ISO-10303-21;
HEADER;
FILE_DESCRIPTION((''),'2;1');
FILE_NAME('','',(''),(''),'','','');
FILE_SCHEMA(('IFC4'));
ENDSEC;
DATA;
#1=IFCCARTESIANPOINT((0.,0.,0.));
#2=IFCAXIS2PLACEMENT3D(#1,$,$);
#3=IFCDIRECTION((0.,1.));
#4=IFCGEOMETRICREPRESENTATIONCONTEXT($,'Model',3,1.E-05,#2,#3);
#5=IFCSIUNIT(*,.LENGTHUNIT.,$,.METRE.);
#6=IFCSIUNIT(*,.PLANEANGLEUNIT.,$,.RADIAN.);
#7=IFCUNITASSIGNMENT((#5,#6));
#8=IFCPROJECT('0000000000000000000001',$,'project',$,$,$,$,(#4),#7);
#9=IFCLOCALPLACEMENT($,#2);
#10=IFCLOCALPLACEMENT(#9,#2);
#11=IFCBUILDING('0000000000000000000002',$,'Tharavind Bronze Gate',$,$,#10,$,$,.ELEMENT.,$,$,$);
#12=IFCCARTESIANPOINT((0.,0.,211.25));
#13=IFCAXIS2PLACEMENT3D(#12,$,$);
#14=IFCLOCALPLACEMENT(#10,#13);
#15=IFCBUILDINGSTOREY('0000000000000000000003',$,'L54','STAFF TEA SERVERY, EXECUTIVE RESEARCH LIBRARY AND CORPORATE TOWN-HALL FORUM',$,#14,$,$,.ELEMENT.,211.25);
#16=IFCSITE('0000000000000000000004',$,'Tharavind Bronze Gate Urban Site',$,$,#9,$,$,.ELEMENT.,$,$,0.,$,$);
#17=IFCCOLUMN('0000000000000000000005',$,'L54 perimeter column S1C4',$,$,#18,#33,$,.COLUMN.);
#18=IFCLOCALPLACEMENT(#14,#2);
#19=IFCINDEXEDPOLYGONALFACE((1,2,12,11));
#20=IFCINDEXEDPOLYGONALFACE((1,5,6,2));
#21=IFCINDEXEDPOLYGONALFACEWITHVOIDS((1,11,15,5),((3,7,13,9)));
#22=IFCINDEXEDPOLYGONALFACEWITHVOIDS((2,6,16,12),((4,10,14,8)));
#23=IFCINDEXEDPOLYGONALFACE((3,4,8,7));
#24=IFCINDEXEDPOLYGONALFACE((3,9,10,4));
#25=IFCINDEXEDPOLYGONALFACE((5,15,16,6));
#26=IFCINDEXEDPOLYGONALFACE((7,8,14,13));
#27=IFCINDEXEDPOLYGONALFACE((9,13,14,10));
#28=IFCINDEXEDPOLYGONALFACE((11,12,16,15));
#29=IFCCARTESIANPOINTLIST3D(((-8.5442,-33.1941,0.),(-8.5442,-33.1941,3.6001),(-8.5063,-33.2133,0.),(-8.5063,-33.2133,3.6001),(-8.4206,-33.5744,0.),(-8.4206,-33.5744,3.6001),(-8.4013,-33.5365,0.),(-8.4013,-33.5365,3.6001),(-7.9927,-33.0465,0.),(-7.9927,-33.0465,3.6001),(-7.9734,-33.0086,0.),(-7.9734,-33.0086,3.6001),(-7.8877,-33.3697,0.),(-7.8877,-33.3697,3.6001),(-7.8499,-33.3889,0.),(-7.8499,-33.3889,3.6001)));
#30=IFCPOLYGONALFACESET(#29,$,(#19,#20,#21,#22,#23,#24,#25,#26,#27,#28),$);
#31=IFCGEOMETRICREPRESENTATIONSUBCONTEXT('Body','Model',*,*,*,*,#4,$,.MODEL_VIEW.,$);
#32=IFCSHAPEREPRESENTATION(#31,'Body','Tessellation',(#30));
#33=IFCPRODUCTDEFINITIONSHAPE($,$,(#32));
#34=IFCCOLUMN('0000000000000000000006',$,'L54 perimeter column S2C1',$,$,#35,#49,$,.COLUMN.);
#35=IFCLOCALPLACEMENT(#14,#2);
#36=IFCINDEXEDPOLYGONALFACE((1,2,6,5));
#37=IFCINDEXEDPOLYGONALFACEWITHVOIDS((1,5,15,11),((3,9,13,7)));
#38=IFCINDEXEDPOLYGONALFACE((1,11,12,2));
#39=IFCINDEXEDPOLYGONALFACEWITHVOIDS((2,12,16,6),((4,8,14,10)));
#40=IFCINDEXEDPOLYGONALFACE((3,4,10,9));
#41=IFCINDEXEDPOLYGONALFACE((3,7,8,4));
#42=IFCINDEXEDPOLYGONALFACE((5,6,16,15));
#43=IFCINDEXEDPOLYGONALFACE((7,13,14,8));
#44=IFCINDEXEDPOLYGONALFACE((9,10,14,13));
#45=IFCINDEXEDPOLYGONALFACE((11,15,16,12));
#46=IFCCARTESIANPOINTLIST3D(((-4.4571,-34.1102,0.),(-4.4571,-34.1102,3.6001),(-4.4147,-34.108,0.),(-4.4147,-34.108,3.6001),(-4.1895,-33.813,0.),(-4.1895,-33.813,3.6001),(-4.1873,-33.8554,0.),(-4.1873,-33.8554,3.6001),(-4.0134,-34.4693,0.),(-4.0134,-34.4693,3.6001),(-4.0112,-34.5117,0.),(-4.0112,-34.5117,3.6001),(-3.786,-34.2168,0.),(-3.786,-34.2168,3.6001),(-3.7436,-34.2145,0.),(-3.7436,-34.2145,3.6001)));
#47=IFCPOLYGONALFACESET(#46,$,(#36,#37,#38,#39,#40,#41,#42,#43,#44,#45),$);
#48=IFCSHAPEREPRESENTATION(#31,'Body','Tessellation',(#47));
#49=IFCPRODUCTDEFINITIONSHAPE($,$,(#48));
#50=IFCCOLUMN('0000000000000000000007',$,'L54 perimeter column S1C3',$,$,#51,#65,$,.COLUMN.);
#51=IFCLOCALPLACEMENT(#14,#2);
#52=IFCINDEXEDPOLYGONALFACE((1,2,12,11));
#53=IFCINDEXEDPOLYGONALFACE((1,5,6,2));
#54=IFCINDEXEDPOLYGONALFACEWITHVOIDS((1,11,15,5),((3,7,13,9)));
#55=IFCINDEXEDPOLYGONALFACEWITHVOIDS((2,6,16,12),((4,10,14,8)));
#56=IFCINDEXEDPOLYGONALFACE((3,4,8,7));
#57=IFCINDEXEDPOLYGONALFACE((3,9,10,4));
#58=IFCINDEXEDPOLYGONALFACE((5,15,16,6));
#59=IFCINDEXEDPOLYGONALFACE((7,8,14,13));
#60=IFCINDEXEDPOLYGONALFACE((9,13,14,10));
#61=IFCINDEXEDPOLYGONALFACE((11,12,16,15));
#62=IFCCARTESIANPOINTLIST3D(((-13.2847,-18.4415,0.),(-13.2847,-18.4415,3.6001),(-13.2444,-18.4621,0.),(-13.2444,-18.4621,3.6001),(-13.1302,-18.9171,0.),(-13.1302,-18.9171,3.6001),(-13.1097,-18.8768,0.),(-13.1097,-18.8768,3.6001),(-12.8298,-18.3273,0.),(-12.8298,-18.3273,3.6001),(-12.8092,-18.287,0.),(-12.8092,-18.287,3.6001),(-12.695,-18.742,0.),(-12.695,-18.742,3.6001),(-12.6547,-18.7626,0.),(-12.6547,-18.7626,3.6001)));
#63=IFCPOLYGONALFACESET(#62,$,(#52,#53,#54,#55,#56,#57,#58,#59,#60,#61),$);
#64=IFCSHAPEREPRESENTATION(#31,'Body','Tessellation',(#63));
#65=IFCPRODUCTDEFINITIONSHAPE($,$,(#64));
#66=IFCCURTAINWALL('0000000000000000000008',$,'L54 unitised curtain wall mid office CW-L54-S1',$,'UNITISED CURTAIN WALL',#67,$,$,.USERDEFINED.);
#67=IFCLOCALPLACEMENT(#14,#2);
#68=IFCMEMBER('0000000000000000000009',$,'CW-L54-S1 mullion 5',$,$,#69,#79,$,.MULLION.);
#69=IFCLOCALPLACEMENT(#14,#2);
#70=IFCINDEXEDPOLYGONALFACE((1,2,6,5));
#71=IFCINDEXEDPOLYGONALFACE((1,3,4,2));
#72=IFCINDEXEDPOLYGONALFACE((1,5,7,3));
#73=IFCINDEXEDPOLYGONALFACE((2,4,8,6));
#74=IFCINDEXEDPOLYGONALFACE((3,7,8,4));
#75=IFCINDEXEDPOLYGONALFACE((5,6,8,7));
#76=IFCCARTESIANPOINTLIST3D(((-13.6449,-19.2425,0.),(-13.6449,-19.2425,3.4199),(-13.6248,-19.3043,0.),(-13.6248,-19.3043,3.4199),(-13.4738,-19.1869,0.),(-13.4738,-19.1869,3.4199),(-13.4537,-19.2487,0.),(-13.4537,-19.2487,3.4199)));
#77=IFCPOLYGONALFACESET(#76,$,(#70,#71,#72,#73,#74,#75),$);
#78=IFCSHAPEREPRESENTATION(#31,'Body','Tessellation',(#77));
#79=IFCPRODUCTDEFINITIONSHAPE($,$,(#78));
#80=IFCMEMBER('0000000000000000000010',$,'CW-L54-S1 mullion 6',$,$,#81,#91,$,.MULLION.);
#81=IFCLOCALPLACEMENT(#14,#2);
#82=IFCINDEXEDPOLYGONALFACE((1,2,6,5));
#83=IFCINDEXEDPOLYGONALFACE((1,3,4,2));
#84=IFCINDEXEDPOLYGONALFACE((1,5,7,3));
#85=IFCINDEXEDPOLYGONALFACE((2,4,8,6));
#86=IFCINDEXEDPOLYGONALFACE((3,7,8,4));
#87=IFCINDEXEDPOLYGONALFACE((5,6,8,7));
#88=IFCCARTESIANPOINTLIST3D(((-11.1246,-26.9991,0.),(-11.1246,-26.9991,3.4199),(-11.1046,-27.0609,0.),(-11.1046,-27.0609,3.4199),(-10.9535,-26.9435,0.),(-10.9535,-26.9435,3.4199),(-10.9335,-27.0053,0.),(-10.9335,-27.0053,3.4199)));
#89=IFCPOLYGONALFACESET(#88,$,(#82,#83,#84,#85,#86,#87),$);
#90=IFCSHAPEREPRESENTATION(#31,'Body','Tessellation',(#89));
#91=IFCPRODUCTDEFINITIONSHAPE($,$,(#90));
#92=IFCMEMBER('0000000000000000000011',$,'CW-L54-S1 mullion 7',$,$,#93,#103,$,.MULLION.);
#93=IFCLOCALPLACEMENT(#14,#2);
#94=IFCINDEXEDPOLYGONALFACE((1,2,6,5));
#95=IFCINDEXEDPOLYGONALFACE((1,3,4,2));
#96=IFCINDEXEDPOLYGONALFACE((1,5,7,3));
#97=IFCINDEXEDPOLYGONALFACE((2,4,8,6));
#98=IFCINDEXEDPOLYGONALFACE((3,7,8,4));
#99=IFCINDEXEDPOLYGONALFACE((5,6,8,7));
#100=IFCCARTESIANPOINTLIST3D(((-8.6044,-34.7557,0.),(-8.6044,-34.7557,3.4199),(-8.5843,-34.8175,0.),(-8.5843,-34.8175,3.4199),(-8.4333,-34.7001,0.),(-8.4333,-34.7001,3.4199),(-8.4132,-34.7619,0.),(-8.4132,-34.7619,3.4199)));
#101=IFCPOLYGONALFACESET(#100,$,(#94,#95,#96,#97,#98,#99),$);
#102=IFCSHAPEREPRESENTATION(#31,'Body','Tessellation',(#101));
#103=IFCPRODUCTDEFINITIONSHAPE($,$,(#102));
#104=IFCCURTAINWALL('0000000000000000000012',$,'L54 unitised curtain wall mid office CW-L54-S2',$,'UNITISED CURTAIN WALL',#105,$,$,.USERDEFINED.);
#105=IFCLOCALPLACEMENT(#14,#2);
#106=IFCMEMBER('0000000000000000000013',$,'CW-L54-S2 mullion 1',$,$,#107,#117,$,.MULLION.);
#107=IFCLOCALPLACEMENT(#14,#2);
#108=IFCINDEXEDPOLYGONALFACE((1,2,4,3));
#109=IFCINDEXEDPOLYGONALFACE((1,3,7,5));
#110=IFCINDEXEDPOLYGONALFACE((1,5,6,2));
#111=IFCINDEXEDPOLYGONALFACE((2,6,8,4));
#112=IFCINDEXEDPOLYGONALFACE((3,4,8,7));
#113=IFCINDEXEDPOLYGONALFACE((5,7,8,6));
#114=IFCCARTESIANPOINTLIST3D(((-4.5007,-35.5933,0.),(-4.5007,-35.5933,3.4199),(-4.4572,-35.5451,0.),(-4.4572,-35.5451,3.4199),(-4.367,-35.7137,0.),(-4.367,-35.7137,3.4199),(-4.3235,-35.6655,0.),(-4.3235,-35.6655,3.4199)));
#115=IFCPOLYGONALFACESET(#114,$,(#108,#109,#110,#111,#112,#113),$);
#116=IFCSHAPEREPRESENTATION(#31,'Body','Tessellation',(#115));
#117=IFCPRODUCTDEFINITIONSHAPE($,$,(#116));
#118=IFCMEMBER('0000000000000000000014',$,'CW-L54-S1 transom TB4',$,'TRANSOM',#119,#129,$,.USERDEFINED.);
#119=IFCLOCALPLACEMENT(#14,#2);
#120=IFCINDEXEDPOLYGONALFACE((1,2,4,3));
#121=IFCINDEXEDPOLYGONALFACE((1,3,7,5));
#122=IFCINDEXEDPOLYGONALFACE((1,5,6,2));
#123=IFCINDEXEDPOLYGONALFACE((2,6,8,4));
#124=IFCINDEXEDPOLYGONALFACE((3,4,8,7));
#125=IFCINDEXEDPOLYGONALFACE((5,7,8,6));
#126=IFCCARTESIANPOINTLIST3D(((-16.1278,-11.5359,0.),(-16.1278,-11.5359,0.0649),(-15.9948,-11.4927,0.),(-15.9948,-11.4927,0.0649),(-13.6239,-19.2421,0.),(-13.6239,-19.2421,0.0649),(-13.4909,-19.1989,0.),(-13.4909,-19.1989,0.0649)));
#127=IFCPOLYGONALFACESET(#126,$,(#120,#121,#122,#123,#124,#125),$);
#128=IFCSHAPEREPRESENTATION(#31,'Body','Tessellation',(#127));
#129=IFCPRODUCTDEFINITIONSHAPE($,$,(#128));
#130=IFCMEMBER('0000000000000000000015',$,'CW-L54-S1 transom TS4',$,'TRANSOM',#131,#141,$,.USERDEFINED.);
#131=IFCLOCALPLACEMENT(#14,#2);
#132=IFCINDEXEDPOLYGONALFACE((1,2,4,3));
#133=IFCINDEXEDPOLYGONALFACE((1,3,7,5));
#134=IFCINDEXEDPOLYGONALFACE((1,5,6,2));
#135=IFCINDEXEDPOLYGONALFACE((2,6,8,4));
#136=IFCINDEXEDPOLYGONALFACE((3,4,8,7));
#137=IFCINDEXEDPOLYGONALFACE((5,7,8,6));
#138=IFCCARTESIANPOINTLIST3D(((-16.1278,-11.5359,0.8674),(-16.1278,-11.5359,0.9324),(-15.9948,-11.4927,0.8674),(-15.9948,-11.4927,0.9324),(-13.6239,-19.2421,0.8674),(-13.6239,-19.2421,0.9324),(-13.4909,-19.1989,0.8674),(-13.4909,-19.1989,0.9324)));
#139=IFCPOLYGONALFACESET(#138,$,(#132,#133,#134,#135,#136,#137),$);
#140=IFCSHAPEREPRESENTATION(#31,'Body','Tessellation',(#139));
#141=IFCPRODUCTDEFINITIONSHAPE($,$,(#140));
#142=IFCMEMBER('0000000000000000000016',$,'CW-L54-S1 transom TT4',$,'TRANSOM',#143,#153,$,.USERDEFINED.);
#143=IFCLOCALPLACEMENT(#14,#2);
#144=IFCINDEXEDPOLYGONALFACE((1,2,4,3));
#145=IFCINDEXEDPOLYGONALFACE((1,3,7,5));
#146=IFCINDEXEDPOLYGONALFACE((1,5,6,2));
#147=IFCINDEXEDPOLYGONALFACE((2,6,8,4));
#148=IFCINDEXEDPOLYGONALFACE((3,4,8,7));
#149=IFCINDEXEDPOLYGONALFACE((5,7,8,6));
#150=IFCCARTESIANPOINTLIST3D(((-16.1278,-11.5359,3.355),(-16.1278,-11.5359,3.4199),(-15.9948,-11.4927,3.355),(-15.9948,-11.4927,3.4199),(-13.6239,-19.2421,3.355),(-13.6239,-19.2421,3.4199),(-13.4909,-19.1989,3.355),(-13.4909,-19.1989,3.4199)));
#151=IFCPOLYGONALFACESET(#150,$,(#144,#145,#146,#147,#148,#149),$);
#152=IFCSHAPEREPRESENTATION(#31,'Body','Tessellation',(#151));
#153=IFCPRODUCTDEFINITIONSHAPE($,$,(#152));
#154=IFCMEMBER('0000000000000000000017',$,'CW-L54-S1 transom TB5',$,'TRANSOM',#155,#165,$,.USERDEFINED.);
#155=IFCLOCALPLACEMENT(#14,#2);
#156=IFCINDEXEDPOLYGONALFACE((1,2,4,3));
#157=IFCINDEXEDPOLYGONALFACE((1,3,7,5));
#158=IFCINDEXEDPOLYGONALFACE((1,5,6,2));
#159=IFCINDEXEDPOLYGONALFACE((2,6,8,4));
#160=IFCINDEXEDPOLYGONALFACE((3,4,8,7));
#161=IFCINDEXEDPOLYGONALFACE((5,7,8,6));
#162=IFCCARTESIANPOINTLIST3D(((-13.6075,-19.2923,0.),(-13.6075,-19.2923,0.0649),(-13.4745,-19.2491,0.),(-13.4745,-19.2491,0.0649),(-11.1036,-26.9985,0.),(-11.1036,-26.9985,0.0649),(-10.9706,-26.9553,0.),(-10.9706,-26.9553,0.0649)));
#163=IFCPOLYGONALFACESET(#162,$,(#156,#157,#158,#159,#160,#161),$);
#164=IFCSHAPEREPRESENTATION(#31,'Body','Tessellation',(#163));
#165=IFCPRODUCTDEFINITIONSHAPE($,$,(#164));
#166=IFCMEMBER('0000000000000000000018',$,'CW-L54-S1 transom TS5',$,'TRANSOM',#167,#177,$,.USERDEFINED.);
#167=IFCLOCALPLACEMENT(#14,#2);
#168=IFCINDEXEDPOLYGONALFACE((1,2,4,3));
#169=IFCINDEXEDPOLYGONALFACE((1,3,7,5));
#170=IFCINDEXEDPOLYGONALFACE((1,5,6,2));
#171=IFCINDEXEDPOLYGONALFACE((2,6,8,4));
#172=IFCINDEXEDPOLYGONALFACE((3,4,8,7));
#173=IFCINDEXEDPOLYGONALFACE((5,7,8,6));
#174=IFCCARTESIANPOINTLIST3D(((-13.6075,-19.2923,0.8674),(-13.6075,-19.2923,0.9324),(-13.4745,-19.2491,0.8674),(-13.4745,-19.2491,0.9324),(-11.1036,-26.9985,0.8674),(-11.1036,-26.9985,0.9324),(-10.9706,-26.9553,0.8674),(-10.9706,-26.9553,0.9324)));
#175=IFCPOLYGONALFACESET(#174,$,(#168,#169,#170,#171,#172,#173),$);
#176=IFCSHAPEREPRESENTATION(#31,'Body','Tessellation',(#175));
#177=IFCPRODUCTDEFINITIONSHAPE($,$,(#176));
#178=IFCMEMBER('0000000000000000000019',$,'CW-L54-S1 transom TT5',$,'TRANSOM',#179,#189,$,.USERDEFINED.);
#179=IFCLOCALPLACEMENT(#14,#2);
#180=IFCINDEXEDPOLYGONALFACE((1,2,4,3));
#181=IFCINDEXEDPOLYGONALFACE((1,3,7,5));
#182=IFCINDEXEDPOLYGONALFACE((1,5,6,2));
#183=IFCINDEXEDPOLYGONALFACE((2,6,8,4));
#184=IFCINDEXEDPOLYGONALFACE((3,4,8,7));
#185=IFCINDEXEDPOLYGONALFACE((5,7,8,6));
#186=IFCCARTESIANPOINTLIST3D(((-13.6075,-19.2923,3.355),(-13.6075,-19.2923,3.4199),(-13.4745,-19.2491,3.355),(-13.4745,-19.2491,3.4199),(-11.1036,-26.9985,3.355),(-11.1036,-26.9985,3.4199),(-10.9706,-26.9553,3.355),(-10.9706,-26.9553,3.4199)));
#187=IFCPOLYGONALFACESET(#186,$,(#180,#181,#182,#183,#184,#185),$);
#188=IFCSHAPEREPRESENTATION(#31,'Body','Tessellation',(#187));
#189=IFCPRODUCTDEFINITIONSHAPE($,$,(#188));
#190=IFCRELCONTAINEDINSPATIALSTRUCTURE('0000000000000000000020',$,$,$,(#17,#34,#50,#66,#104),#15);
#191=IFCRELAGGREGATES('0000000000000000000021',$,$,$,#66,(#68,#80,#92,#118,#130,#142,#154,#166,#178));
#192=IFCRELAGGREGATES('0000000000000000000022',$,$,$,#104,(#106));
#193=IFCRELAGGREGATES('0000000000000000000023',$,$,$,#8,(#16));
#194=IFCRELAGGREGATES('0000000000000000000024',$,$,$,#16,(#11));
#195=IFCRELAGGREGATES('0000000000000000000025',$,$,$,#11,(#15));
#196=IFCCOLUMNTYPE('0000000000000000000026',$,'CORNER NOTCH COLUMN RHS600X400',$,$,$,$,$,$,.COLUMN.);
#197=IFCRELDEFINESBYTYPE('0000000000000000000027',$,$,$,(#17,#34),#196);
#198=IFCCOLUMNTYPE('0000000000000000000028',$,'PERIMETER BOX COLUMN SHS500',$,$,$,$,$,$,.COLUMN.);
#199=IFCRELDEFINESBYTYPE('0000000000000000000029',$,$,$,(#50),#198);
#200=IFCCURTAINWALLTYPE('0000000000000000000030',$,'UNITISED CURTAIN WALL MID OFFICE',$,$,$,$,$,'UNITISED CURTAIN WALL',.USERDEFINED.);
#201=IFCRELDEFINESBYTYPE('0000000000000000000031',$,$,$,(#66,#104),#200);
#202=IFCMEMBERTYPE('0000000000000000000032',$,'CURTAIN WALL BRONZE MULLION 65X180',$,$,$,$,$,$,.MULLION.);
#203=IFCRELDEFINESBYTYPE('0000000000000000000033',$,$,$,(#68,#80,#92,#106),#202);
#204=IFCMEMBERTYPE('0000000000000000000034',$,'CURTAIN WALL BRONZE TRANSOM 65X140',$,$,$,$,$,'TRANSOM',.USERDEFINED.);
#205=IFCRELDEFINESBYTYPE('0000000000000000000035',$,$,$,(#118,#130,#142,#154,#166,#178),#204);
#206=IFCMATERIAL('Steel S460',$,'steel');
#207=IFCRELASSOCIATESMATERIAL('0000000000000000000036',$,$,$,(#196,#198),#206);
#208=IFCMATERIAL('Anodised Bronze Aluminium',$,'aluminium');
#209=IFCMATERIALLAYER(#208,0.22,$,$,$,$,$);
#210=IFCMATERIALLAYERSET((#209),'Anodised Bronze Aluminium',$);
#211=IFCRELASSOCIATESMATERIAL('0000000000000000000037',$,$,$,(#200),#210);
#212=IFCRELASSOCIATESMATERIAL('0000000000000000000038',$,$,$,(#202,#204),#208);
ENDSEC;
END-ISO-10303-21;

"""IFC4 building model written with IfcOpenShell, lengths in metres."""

from ifc_helpers import new_model, si_unit, direction, frame, origin, origin_2d, place, context, subcontext, project, spatial, rectangle, hollow_rectangle, extrude, material, layer, layer_set, material_profile, profile_set, type_object, element, aggregate, save


model = new_model("IFC4")

# Units and contexts
model_context = context("Model", 3, precision=1e-05, world=origin(), true_north=direction((0.0, 1.0)))
body_context = subcontext(model_context, "Body", "Model", "MODEL_VIEW")
ifc_project = project(units=[si_unit("LENGTHUNIT", "METRE"), si_unit("PLANEANGLEUNIT", "RADIAN")], contexts=[model_context])

# Site, building, storey
site_placement = place(None, origin())
site = spatial("IfcSite", under=ifc_project, at=site_placement, Name="Tharavind Bronze Gate Urban Site", CompositionType="ELEMENT", RefElevation=0.0)
building_placement = place(site_placement, origin())
building = spatial("IfcBuilding", under=site, at=building_placement, Name="Tharavind Bronze Gate", CompositionType="ELEMENT")
storey_placement = place(building_placement, frame((0.0, 0.0, 211.25)))
storey = spatial("IfcBuildingStorey", under=building, at=storey_placement, Name="L54", Description="STAFF TEA SERVERY, EXECUTIVE RESEARCH LIBRARY AND CORPORATE TOWN-HALL FORUM", CompositionType="ELEMENT", Elevation=211.25)

# Columns
ifc_material_1 = material(Name="Steel S460", Category="steel")
ifc_material_profile_1 = material_profile(ifc_material_1, hollow_rectangle(XDim=0.3999, YDim=0.6001, WallThickness=0.03, at=origin_2d()), Name="RHS600X400X30")
ifc_profile_set_1 = profile_set([ifc_material_profile_1], Name="Steel S460")
column_type_1 = type_object("IfcColumnType", Name="CORNER NOTCH COLUMN RHS600X400", PredefinedType="COLUMN", material=ifc_profile_set_1)
for number, where, z_axis, x_axis, name in (
    (1, (-8.197, -33.2915, 0.0), (0.0, 0.0, 1.0), (-0.309017, 0.951057, 0.0), "L54 perimeter column S1C4"),
    (2, (-4.1003, -34.1624, 0.0), (0.0, 0.0, 1.0), (0.669131, 0.743145, 0.0), "L54 perimeter column S2C1"),
):
    element("IfcColumn", number, at=place(storey_placement, frame(where, z_axis=z_axis, x_axis=x_axis)), inside=storey, type_object=column_type_1, Name=name, PredefinedType="COLUMN", context=body_context, shape_type="SweptSolid", body=[
        extrude(hollow_rectangle(XDim=0.3999, YDim=0.6001, WallThickness=0.03, at=origin_2d()), origin(), (0.0, 0.0, 1.0), 3.6001),
    ])
ifc_material_profile_2 = material_profile(ifc_material_1, hollow_rectangle(XDim=0.5, YDim=0.5, WallThickness=0.032, at=origin_2d()), Name="SHS500X32")
ifc_profile_set_2 = profile_set([ifc_material_profile_2], Name="Steel S460")
column_type_2 = type_object("IfcColumnType", Name="PERIMETER BOX COLUMN SHS500", PredefinedType="COLUMN", material=ifc_profile_set_2)
column_placement = place(storey_placement, frame((-12.9697, -18.6021, 0.0), z_axis=(0.0, 0.0, 1.0), x_axis=(-0.309017, 0.951057, 0.0)))
element("IfcColumn", 3, at=column_placement, inside=storey, type_object=column_type_2, Name="L54 perimeter column S1C3", PredefinedType="COLUMN", context=body_context, shape_type="SweptSolid", body=[
    extrude(hollow_rectangle(XDim=0.5, YDim=0.5, WallThickness=0.032, at=origin_2d()), origin(), (0.0, 0.0, 1.0), 3.6001),
])

# Curtain wall, members
ifc_material_2 = material(Name="Anodised Bronze Aluminium", Category="aluminium")
ifc_layer_1 = layer(ifc_material_2, 0.22)
ifc_layer_set_1 = layer_set([ifc_layer_1], Name="Anodised Bronze Aluminium")
curtain_wall_type = type_object("IfcCurtainWallType", Name="UNITISED CURTAIN WALL MID OFFICE", ElementType="UNITISED CURTAIN WALL", PredefinedType="USERDEFINED", material=ifc_layer_set_1)
curtain_wall_1_placement = place(storey_placement, origin())
curtain_wall_1 = element("IfcCurtainWall", 4, at=curtain_wall_1_placement, inside=storey, type_object=curtain_wall_type, Name="L54 unitised curtain wall mid office CW-L54-S1", ObjectType="UNITISED CURTAIN WALL", PredefinedType="USERDEFINED")
member_type_1 = type_object("IfcMemberType", Name="CURTAIN WALL BRONZE MULLION 65X180", PredefinedType="MULLION", material=ifc_material_2)
member_1_placement = place(storey_placement, frame((-13.5493, -19.2456, 0.0), z_axis=(0.0, 0.0, 1.0), x_axis=(0.309017, -0.951057, 0.0)))
member_1 = element("IfcMember", 5, at=member_1_placement, type_object=member_type_1, Name="CW-L54-S1 mullion 5", PredefinedType="MULLION", context=body_context, shape_type="SweptSolid", body=[
    extrude(rectangle(XDim=0.0649, YDim=0.1799, at=origin_2d()), origin(), (0.0, 0.0, 1.0), 3.4199),
])
member_2_placement = place(storey_placement, frame((-11.0291, -27.0022, 0.0), z_axis=(0.0, 0.0, 1.0), x_axis=(0.309017, -0.951057, 0.0)))
member_2 = element("IfcMember", 6, at=member_2_placement, type_object=member_type_1, Name="CW-L54-S1 mullion 6", PredefinedType="MULLION", context=body_context, shape_type="SweptSolid", body=[
    extrude(rectangle(XDim=0.0649, YDim=0.1799, at=origin_2d()), origin(), (0.0, 0.0, 1.0), 3.4199),
])
member_3_placement = place(storey_placement, frame((-8.5088, -34.7588, 0.0), z_axis=(0.0, 0.0, 1.0), x_axis=(0.309017, -0.951057, 0.0)))
member_3 = element("IfcMember", 7, at=member_3_placement, type_object=member_type_1, Name="CW-L54-S1 mullion 7", PredefinedType="MULLION", context=body_context, shape_type="SweptSolid", body=[
    extrude(rectangle(XDim=0.0649, YDim=0.1799, at=origin_2d()), origin(), (0.0, 0.0, 1.0), 3.4199),
])

# Curtain wall, member
curtain_wall_2_placement = place(storey_placement, origin())
curtain_wall_2 = element("IfcCurtainWall", 8, at=curtain_wall_2_placement, inside=storey, type_object=curtain_wall_type, Name="L54 unitised curtain wall mid office CW-L54-S2", ObjectType="UNITISED CURTAIN WALL", PredefinedType="USERDEFINED")
member_4_placement = place(storey_placement, frame((-4.4121, -35.6294, 0.0), z_axis=(0.0, 0.0, 1.0), x_axis=(0.669131, 0.743145, 0.0)))
member_4 = element("IfcMember", 9, at=member_4_placement, type_object=member_type_1, Name="CW-L54-S2 mullion 1", PredefinedType="MULLION", context=body_context, shape_type="SweptSolid", body=[
    extrude(rectangle(XDim=0.0649, YDim=0.1799, at=origin_2d()), origin(), (0.0, 0.0, 1.0), 3.4199),
])

# Members
member_type_2 = type_object("IfcMemberType", Name="CURTAIN WALL BRONZE TRANSOM 65X140", ElementType="TRANSOM", PredefinedType="USERDEFINED", material=ifc_material_2)
member_5_placement = place(storey_placement, frame((-14.8093, -15.3674, 0.0), z_axis=(0.0, 0.0, 1.0), x_axis=(0.309017, -0.951057, 0.0)))
member_5 = element("IfcMember", 10, at=member_5_placement, type_object=member_type_2, Name="CW-L54-S1 transom TB4", ObjectType="TRANSOM", PredefinedType="USERDEFINED", context=body_context, shape_type="SweptSolid", body=[
    extrude(rectangle(XDim=8.1028, YDim=0.1399, at=origin_2d()), origin(), (0.0, 0.0, 1.0), 0.0649),
])
member_6_placement = place(storey_placement, frame((-14.8093, -15.3674, 0.8674), z_axis=(0.0, 0.0, 1.0), x_axis=(0.309017, -0.951057, 0.0)))
member_6 = element("IfcMember", 11, at=member_6_placement, type_object=member_type_2, Name="CW-L54-S1 transom TS4", ObjectType="TRANSOM", PredefinedType="USERDEFINED", context=body_context, shape_type="SweptSolid", body=[
    extrude(rectangle(XDim=8.1028, YDim=0.1399, at=origin_2d()), origin(), (0.0, 0.0, 1.0), 0.0649),
])
member_7_placement = place(storey_placement, frame((-14.8093, -15.3674, 3.355), z_axis=(0.0, 0.0, 1.0), x_axis=(0.309017, -0.951057, 0.0)))
member_7 = element("IfcMember", 12, at=member_7_placement, type_object=member_type_2, Name="CW-L54-S1 transom TT4", ObjectType="TRANSOM", PredefinedType="USERDEFINED", context=body_context, shape_type="SweptSolid", body=[
    extrude(rectangle(XDim=8.1028, YDim=0.1399, at=origin_2d()), origin(), (0.0, 0.0, 1.0), 0.0649),
])
member_8_placement = place(storey_placement, frame((-12.2891, -23.1238, 0.0), z_axis=(0.0, 0.0, 1.0), x_axis=(0.309017, -0.951057, 0.0)))
member_8 = element("IfcMember", 13, at=member_8_placement, type_object=member_type_2, Name="CW-L54-S1 transom TB5", ObjectType="TRANSOM", PredefinedType="USERDEFINED", context=body_context, shape_type="SweptSolid", body=[
    extrude(rectangle(XDim=8.1028, YDim=0.1399, at=origin_2d()), origin(), (0.0, 0.0, 1.0), 0.0649),
])
member_9_placement = place(storey_placement, frame((-12.2891, -23.1238, 0.8674), z_axis=(0.0, 0.0, 1.0), x_axis=(0.309017, -0.951057, 0.0)))
member_9 = element("IfcMember", 14, at=member_9_placement, type_object=member_type_2, Name="CW-L54-S1 transom TS5", ObjectType="TRANSOM", PredefinedType="USERDEFINED", context=body_context, shape_type="SweptSolid", body=[
    extrude(rectangle(XDim=8.1028, YDim=0.1399, at=origin_2d()), origin(), (0.0, 0.0, 1.0), 0.0649),
])
member_10_placement = place(storey_placement, frame((-12.2891, -23.1238, 3.355), z_axis=(0.0, 0.0, 1.0), x_axis=(0.309017, -0.951057, 0.0)))
member_10 = element("IfcMember", 15, at=member_10_placement, type_object=member_type_2, Name="CW-L54-S1 transom TT5", ObjectType="TRANSOM", PredefinedType="USERDEFINED", context=body_context, shape_type="SweptSolid", body=[
    extrude(rectangle(XDim=8.1028, YDim=0.1399, at=origin_2d()), origin(), (0.0, 0.0, 1.0), 0.0649),
])

aggregate(curtain_wall_1, [member_1, member_2, member_3, member_5, member_6, member_7, member_8, member_9, member_10])
aggregate(curtain_wall_2, [member_4])

save(model, "model.ifc")
